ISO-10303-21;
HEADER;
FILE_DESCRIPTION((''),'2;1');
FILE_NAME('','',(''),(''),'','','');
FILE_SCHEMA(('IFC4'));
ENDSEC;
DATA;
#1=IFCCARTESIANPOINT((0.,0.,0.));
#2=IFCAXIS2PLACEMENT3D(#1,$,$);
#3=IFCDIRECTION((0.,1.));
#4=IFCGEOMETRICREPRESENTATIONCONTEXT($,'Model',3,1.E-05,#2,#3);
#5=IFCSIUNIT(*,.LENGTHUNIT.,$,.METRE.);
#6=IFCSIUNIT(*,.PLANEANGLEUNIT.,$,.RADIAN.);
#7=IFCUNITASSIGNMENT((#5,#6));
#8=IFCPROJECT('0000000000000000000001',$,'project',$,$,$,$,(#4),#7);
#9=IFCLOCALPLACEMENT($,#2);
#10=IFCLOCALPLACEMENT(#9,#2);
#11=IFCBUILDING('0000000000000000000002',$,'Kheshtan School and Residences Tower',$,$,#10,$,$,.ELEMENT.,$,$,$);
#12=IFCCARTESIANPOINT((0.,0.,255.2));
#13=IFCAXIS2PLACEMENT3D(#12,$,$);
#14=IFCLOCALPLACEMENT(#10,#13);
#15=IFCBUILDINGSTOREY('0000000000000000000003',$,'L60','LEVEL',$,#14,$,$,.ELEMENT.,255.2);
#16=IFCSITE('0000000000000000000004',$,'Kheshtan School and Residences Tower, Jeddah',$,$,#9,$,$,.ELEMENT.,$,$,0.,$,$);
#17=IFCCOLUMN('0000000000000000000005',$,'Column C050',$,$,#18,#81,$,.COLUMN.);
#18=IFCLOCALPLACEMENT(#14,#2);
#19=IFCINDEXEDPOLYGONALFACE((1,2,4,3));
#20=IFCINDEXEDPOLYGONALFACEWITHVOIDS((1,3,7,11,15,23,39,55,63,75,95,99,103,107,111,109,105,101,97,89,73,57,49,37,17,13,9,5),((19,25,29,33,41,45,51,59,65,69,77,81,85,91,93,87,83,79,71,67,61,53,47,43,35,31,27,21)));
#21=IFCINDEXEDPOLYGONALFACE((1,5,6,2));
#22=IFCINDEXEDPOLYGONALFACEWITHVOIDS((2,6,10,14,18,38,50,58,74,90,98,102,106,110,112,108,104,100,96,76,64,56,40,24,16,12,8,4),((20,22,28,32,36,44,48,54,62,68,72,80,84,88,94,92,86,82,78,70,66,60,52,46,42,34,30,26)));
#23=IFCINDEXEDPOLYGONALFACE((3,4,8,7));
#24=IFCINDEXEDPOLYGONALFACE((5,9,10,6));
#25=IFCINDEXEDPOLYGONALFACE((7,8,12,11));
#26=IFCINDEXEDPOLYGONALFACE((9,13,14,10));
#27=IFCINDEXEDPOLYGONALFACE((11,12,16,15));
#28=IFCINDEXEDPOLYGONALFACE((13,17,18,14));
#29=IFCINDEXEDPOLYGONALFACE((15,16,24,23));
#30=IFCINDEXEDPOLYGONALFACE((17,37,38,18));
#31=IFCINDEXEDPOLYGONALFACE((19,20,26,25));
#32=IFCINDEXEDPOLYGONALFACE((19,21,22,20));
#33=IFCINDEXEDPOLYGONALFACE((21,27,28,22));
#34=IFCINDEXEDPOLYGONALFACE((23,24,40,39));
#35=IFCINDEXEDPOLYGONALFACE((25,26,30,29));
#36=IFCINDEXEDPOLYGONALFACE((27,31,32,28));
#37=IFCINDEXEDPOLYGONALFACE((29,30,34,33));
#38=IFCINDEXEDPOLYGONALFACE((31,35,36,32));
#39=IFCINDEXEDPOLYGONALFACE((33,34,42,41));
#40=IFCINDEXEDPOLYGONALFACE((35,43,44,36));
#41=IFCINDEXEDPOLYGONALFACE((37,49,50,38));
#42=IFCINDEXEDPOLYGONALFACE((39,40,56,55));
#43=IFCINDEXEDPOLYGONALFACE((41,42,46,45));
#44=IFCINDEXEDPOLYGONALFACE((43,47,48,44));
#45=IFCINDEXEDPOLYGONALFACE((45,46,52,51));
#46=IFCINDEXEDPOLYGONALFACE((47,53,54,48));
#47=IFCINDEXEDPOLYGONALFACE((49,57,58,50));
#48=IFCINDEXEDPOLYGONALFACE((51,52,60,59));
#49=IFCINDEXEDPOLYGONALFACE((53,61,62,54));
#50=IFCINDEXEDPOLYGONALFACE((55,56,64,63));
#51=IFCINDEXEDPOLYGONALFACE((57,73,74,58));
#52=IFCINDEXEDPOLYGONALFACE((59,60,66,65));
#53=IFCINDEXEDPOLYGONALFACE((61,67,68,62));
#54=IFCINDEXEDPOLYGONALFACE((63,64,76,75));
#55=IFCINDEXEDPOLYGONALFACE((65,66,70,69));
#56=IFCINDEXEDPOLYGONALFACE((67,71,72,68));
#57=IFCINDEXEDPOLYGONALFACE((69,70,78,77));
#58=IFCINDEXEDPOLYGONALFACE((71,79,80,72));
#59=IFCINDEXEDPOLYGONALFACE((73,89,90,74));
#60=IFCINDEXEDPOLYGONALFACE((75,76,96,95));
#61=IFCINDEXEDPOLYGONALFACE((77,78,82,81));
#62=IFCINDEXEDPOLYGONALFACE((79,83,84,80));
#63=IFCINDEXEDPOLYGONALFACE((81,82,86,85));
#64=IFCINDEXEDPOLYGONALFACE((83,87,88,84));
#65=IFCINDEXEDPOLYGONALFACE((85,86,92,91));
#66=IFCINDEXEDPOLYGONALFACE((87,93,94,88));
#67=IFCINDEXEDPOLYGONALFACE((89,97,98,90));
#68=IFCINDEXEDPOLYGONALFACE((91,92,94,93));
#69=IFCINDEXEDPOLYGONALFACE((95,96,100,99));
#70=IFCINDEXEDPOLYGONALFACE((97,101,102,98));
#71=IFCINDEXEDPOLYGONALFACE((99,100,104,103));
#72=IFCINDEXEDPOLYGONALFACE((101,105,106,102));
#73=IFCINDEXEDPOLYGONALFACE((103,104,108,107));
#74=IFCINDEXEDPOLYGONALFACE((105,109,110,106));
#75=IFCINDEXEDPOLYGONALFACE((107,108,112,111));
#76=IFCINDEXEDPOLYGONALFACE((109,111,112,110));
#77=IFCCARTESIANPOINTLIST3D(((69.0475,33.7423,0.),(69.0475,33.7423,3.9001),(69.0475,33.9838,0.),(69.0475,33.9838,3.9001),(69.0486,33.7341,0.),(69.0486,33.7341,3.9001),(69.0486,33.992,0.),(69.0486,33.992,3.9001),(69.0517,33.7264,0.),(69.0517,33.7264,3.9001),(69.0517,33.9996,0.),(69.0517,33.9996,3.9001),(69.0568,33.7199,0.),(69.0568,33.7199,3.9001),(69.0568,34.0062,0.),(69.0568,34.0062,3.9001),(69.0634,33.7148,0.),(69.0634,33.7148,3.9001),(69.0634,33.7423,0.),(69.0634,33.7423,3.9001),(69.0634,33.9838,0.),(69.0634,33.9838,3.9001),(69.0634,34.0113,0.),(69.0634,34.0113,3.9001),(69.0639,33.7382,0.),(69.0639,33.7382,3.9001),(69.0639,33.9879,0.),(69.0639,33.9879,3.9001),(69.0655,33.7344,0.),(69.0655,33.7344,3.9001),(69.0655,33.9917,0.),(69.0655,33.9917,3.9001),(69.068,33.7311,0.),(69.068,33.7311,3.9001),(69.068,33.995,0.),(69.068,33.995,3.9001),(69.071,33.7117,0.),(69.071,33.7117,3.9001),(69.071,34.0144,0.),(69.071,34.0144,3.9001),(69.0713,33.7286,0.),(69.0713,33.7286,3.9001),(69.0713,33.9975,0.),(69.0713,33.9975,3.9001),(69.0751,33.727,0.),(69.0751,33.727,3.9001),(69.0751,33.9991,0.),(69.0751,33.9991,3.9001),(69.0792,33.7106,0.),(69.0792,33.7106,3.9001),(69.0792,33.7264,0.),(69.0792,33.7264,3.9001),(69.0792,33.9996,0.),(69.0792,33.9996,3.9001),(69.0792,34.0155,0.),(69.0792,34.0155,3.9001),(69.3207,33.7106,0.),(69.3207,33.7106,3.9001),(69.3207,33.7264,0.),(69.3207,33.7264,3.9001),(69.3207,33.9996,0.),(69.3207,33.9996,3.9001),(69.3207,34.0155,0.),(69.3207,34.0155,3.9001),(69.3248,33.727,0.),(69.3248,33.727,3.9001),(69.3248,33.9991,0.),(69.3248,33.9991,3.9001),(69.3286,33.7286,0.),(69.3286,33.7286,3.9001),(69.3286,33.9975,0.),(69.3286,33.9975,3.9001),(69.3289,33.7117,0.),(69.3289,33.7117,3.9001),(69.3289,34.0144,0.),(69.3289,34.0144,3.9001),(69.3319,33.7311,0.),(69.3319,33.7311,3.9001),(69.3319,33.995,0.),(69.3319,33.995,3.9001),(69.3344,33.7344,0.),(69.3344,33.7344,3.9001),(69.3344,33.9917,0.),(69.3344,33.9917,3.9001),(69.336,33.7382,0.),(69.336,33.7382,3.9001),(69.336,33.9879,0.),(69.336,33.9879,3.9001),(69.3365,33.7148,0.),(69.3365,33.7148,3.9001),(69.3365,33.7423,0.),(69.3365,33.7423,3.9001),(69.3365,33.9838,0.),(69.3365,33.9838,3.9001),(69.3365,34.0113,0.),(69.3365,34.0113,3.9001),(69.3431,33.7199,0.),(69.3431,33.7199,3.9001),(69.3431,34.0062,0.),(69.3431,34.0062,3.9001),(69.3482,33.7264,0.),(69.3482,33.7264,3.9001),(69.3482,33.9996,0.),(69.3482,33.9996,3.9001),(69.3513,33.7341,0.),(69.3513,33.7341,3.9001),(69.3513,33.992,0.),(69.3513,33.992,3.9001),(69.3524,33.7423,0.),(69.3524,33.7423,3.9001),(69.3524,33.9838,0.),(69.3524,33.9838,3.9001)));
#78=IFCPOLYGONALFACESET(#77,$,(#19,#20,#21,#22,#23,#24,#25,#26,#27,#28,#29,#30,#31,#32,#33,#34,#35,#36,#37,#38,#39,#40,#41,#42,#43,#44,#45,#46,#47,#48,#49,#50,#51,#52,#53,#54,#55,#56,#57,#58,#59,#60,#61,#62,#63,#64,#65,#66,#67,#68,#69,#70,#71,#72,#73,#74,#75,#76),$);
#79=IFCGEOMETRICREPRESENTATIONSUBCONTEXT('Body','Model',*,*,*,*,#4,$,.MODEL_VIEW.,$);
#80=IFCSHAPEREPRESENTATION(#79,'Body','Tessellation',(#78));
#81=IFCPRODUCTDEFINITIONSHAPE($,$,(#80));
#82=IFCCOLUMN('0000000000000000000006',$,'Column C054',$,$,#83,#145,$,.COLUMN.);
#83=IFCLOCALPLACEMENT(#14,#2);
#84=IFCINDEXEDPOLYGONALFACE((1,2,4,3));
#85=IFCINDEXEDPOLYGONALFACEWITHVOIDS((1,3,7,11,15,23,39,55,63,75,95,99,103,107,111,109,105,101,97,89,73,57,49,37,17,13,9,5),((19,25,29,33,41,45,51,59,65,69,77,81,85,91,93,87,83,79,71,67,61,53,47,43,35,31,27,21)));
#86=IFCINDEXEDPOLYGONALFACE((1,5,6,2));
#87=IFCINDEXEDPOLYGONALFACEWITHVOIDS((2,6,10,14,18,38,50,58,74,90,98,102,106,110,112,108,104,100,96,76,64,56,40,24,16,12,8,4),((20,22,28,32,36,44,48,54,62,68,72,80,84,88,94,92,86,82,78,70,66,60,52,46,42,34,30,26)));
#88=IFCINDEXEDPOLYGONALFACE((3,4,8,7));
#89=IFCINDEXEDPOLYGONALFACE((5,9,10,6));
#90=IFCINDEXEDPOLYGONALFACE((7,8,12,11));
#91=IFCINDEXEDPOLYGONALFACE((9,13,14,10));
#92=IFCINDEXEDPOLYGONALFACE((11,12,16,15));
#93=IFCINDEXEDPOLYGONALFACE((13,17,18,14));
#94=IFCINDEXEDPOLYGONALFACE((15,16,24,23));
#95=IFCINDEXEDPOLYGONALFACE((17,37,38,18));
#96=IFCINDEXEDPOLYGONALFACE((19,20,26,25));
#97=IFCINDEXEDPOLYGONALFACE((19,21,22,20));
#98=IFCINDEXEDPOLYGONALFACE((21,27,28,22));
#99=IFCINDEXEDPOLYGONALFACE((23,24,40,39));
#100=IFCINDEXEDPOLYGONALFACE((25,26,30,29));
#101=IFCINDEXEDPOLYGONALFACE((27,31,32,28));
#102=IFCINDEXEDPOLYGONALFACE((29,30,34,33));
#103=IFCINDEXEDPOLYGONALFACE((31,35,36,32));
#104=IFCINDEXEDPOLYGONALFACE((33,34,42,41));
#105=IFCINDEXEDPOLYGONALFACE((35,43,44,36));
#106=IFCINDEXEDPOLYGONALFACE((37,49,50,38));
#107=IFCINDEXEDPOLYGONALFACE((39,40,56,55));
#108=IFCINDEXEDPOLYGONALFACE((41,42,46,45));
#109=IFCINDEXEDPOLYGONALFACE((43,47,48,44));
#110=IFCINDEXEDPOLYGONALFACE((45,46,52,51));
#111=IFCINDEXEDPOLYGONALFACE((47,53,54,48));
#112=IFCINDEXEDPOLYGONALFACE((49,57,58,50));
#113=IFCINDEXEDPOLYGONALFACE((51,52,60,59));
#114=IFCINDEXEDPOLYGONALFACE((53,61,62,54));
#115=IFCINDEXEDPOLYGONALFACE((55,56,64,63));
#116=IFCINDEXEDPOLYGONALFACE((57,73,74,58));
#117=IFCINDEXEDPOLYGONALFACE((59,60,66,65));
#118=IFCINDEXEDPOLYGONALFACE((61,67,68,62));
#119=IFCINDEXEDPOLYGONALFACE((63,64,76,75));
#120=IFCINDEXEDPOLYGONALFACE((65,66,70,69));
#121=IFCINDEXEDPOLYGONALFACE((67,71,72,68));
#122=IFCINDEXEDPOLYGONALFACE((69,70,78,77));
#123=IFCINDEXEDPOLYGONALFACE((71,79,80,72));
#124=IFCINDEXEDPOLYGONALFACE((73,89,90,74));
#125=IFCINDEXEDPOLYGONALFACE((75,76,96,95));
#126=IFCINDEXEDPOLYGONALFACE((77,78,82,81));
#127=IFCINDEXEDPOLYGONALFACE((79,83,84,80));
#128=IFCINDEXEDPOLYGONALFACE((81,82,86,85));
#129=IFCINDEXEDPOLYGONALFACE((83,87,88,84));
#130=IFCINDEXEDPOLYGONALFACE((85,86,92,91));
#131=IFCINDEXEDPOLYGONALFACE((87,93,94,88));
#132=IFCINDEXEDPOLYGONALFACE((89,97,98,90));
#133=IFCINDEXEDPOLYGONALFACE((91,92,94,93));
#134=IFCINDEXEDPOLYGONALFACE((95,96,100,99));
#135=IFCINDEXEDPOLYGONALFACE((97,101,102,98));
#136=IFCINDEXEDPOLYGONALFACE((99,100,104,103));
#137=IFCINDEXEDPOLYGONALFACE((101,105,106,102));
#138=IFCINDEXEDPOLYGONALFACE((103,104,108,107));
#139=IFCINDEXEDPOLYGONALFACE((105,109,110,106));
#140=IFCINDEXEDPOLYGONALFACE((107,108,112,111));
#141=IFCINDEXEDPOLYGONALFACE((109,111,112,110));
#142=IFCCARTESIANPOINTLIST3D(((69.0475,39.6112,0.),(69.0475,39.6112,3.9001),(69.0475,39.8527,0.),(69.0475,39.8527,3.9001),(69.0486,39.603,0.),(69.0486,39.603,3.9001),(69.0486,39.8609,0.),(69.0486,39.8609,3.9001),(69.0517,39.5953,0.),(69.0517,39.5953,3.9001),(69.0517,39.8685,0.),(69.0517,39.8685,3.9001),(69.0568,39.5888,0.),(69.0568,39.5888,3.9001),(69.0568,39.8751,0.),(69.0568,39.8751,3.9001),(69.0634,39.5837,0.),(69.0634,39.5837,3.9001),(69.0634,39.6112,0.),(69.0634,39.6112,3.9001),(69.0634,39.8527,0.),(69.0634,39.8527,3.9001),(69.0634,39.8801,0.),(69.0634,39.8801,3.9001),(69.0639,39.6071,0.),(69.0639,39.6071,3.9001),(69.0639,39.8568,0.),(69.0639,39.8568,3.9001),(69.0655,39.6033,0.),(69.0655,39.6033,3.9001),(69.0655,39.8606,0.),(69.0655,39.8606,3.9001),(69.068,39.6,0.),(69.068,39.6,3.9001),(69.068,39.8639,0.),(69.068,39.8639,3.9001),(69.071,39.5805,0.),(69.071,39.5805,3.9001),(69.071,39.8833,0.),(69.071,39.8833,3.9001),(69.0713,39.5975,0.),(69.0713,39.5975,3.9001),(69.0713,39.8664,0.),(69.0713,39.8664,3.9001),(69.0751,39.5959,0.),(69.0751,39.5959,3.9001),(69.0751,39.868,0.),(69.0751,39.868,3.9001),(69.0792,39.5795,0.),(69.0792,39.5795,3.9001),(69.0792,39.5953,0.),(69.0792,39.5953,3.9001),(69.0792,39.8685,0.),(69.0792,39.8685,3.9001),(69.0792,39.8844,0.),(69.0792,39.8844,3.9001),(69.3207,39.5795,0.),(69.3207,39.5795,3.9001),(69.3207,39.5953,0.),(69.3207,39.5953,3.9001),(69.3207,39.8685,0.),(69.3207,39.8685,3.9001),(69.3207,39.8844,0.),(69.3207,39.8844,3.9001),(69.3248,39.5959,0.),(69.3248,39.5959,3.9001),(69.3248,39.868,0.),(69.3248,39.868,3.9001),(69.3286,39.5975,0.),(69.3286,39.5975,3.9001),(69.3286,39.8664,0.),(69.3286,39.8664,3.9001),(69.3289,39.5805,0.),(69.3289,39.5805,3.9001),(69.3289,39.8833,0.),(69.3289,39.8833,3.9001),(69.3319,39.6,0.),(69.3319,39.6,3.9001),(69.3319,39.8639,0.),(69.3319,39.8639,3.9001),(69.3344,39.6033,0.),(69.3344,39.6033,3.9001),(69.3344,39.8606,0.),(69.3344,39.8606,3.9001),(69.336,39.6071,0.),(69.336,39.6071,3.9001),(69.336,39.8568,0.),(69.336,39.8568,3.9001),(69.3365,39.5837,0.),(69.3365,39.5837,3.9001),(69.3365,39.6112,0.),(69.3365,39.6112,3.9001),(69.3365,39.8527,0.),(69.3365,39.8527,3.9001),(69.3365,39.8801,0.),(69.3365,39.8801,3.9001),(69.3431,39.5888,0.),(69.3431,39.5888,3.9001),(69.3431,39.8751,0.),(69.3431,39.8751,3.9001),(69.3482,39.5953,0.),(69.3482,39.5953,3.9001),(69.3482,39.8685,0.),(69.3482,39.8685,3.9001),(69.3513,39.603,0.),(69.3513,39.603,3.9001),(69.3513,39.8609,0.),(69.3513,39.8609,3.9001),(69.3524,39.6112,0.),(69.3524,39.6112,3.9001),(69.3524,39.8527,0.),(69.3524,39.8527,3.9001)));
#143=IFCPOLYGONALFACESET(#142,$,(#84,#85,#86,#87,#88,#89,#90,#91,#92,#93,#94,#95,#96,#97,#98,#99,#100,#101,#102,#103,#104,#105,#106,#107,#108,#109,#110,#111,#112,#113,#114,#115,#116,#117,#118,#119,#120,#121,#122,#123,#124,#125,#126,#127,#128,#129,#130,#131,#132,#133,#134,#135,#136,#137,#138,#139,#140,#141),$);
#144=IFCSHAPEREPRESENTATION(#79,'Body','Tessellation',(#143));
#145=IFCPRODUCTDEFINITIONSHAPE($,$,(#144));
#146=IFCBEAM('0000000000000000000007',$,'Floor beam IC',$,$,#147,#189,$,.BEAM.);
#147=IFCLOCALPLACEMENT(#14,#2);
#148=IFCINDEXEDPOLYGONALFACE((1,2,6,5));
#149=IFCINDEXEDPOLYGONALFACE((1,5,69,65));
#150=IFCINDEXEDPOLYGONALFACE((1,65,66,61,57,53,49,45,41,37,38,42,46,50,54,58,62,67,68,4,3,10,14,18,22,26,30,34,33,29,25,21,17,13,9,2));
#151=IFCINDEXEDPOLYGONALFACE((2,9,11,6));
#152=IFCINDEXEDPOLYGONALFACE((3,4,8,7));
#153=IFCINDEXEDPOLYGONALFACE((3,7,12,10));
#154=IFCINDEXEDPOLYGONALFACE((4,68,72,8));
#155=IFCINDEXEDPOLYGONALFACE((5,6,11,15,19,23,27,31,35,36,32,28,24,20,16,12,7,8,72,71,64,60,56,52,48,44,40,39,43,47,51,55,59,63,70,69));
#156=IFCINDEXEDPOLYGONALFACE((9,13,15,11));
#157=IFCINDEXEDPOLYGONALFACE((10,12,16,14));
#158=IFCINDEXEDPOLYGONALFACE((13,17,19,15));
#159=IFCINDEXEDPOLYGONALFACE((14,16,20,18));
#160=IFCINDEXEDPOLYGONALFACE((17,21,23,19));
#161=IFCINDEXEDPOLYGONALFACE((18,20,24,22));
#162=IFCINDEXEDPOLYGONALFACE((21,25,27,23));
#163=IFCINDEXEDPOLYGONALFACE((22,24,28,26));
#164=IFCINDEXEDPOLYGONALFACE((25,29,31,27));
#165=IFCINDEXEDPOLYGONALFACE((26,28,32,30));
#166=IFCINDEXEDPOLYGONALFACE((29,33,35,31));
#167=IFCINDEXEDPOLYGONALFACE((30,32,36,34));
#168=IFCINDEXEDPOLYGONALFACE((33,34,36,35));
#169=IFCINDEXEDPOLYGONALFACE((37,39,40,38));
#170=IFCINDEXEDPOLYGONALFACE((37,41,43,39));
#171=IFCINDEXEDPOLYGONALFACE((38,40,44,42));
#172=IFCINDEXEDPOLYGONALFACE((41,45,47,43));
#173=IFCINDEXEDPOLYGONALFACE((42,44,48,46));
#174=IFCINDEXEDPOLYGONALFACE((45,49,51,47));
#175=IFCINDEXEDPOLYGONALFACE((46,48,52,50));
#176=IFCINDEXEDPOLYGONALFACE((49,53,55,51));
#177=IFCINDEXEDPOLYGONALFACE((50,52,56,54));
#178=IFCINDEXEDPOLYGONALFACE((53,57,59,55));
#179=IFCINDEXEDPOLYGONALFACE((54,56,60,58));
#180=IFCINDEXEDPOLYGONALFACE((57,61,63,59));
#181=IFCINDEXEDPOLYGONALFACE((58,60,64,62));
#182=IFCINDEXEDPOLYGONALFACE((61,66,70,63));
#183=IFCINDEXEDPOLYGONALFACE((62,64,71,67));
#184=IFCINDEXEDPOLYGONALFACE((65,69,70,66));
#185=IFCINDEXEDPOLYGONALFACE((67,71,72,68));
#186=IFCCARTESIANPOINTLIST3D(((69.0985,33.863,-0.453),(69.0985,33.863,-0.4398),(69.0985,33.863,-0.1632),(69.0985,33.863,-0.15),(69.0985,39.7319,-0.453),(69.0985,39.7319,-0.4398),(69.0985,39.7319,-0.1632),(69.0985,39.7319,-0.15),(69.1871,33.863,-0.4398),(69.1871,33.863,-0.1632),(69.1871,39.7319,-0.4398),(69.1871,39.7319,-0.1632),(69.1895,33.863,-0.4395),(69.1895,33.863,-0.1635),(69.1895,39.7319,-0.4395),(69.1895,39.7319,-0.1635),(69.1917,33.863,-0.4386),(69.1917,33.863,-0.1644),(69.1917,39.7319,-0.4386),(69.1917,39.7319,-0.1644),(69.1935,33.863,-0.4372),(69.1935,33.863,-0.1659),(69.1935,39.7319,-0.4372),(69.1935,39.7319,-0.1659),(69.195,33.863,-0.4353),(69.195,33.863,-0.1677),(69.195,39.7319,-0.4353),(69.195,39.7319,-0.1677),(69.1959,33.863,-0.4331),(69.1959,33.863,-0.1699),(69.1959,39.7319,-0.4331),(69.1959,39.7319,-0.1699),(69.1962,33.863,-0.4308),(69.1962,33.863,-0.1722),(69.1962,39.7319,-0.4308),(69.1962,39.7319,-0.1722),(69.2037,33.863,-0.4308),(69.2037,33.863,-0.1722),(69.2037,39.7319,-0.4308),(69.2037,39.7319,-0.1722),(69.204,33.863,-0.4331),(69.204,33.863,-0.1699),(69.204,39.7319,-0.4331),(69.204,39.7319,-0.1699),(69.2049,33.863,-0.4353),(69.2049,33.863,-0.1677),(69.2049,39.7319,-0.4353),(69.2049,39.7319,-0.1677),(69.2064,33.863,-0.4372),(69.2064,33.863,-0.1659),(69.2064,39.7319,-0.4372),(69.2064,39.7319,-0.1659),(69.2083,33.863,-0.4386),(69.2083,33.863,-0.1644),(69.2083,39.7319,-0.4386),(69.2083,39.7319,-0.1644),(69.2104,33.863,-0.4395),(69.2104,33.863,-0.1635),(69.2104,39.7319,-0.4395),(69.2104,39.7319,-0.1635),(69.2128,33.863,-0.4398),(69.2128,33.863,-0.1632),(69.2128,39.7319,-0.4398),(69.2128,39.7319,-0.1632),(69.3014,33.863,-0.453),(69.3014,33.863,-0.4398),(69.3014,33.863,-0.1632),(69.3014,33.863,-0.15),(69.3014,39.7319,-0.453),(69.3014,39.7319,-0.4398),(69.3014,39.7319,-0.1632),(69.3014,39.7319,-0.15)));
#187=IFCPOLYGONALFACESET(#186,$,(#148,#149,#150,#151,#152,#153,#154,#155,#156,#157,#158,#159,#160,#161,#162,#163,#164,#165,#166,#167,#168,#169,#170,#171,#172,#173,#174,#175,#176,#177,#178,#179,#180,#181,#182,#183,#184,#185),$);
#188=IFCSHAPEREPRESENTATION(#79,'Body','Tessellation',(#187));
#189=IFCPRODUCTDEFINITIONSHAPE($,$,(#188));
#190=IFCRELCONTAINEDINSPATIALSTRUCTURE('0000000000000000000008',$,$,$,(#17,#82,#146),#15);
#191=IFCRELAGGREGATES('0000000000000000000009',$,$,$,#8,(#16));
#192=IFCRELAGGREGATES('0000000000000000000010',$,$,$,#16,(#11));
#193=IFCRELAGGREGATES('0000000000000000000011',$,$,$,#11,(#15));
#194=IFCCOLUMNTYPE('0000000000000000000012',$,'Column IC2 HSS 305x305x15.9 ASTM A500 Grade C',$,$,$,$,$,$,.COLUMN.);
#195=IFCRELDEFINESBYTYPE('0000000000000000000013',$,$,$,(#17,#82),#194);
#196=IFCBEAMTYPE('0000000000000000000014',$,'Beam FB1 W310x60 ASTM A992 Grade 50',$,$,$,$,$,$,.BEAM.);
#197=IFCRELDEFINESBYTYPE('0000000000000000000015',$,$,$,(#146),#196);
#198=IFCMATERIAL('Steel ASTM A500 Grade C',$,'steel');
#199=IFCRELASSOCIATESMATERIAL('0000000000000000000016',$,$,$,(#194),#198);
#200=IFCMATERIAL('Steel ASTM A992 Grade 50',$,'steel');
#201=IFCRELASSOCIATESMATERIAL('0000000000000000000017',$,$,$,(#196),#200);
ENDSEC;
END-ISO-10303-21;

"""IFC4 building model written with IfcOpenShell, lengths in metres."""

from ifc_helpers import new_model, si_unit, direction, frame, origin, origin_2d, place, context, subcontext, project, spatial, hollow_rectangle, i_section, extrude, material, material_profile, profile_set, type_object, element, save


model = new_model("IFC4")

# Units and contexts
model_context = context("Model", 3, precision=1e-05, world=origin(), true_north=direction((0.0, 1.0)))
body_context = subcontext(model_context, "Body", "Model", "MODEL_VIEW")
ifc_project = project(units=[si_unit("LENGTHUNIT", "METRE"), si_unit("PLANEANGLEUNIT", "RADIAN")], contexts=[model_context])

# Site, building, storey
site_placement = place(None, origin())
site = spatial("IfcSite", under=ifc_project, at=site_placement, Name="Kheshtan School and Residences Tower, Jeddah", CompositionType="ELEMENT", RefElevation=0.0)
building_placement = place(site_placement, origin())
building = spatial("IfcBuilding", under=site, at=building_placement, Name="Kheshtan School and Residences Tower", CompositionType="ELEMENT")
storey_placement = place(building_placement, frame((0.0, 0.0, 255.2)))
storey = spatial("IfcBuildingStorey", under=building, at=storey_placement, Name="L60", Description="LEVEL", CompositionType="ELEMENT", Elevation=255.2)

# Columns
ifc_material_1 = material(Name="Steel ASTM A500 Grade C", Category="steel")
ifc_material_profile_1 = material_profile(ifc_material_1, hollow_rectangle(XDim=0.3049, YDim=0.3049, WallThickness=0.0159, InnerFilletRadius=0.0159, OuterFilletRadius=0.0317, at=origin_2d()), Name="HSS 305x305x15.9")
ifc_profile_set_1 = profile_set([ifc_material_profile_1], Name="Steel ASTM A500 Grade C")
column_type = type_object("IfcColumnType", Name="Column IC2 HSS 305x305x15.9 ASTM A500 Grade C", PredefinedType="COLUMN", material=ifc_profile_set_1)
for number, where, z_axis, x_axis, name in (
    (1, (69.2, 33.863, 0.0), (0.0, 0.0, 1.0), (1.0, 0.0, 0.0), "Column C050"),
    (2, (69.2, 39.7319, 0.0), (0.0, 0.0, 1.0), (1.0, 0.0, 0.0), "Column C054"),
):
    element("IfcColumn", number, at=place(storey_placement, frame(where, z_axis=z_axis, x_axis=x_axis)), inside=storey, type_object=column_type, Name=name, PredefinedType="COLUMN", context=body_context, shape_type="SweptSolid", body=[
        extrude(hollow_rectangle(XDim=0.3049, YDim=0.3049, WallThickness=0.0159, InnerFilletRadius=0.0159, OuterFilletRadius=0.0317, at=origin_2d()), origin(), (0.0, 0.0, 1.0), 3.9001),
    ])

# Beam
ifc_material_2 = material(Name="Steel ASTM A992 Grade 50", Category="steel")
ifc_material_profile_2 = material_profile(ifc_material_2, i_section(OverallWidth=0.2029, OverallDepth=0.303, WebThickness=0.0076, FlangeThickness=0.0132, FilletRadius=0.009, at=origin_2d()), Name="W310x60")
ifc_profile_set_2 = profile_set([ifc_material_profile_2], Name="Steel ASTM A992 Grade 50")
beam_type = type_object("IfcBeamType", Name="Beam FB1 W310x60 ASTM A992 Grade 50", PredefinedType="BEAM", material=ifc_profile_set_2)
beam_placement = place(storey_placement, frame((69.2, 33.863, -0.3015), z_axis=(0.0, 1.0, 0.0), x_axis=(-1.0, 0.0, 0.0)))
element("IfcBeam", 3, at=beam_placement, inside=storey, type_object=beam_type, Name="Floor beam IC", PredefinedType="BEAM", context=body_context, shape_type="SweptSolid", body=[
    extrude(i_section(OverallWidth=0.2029, OverallDepth=0.303, WebThickness=0.0076, FlangeThickness=0.0132, FilletRadius=0.009, at=origin_2d()), origin(), (0.0, 0.0, 1.0), 5.8689),
])

save(model, "model.ifc")
